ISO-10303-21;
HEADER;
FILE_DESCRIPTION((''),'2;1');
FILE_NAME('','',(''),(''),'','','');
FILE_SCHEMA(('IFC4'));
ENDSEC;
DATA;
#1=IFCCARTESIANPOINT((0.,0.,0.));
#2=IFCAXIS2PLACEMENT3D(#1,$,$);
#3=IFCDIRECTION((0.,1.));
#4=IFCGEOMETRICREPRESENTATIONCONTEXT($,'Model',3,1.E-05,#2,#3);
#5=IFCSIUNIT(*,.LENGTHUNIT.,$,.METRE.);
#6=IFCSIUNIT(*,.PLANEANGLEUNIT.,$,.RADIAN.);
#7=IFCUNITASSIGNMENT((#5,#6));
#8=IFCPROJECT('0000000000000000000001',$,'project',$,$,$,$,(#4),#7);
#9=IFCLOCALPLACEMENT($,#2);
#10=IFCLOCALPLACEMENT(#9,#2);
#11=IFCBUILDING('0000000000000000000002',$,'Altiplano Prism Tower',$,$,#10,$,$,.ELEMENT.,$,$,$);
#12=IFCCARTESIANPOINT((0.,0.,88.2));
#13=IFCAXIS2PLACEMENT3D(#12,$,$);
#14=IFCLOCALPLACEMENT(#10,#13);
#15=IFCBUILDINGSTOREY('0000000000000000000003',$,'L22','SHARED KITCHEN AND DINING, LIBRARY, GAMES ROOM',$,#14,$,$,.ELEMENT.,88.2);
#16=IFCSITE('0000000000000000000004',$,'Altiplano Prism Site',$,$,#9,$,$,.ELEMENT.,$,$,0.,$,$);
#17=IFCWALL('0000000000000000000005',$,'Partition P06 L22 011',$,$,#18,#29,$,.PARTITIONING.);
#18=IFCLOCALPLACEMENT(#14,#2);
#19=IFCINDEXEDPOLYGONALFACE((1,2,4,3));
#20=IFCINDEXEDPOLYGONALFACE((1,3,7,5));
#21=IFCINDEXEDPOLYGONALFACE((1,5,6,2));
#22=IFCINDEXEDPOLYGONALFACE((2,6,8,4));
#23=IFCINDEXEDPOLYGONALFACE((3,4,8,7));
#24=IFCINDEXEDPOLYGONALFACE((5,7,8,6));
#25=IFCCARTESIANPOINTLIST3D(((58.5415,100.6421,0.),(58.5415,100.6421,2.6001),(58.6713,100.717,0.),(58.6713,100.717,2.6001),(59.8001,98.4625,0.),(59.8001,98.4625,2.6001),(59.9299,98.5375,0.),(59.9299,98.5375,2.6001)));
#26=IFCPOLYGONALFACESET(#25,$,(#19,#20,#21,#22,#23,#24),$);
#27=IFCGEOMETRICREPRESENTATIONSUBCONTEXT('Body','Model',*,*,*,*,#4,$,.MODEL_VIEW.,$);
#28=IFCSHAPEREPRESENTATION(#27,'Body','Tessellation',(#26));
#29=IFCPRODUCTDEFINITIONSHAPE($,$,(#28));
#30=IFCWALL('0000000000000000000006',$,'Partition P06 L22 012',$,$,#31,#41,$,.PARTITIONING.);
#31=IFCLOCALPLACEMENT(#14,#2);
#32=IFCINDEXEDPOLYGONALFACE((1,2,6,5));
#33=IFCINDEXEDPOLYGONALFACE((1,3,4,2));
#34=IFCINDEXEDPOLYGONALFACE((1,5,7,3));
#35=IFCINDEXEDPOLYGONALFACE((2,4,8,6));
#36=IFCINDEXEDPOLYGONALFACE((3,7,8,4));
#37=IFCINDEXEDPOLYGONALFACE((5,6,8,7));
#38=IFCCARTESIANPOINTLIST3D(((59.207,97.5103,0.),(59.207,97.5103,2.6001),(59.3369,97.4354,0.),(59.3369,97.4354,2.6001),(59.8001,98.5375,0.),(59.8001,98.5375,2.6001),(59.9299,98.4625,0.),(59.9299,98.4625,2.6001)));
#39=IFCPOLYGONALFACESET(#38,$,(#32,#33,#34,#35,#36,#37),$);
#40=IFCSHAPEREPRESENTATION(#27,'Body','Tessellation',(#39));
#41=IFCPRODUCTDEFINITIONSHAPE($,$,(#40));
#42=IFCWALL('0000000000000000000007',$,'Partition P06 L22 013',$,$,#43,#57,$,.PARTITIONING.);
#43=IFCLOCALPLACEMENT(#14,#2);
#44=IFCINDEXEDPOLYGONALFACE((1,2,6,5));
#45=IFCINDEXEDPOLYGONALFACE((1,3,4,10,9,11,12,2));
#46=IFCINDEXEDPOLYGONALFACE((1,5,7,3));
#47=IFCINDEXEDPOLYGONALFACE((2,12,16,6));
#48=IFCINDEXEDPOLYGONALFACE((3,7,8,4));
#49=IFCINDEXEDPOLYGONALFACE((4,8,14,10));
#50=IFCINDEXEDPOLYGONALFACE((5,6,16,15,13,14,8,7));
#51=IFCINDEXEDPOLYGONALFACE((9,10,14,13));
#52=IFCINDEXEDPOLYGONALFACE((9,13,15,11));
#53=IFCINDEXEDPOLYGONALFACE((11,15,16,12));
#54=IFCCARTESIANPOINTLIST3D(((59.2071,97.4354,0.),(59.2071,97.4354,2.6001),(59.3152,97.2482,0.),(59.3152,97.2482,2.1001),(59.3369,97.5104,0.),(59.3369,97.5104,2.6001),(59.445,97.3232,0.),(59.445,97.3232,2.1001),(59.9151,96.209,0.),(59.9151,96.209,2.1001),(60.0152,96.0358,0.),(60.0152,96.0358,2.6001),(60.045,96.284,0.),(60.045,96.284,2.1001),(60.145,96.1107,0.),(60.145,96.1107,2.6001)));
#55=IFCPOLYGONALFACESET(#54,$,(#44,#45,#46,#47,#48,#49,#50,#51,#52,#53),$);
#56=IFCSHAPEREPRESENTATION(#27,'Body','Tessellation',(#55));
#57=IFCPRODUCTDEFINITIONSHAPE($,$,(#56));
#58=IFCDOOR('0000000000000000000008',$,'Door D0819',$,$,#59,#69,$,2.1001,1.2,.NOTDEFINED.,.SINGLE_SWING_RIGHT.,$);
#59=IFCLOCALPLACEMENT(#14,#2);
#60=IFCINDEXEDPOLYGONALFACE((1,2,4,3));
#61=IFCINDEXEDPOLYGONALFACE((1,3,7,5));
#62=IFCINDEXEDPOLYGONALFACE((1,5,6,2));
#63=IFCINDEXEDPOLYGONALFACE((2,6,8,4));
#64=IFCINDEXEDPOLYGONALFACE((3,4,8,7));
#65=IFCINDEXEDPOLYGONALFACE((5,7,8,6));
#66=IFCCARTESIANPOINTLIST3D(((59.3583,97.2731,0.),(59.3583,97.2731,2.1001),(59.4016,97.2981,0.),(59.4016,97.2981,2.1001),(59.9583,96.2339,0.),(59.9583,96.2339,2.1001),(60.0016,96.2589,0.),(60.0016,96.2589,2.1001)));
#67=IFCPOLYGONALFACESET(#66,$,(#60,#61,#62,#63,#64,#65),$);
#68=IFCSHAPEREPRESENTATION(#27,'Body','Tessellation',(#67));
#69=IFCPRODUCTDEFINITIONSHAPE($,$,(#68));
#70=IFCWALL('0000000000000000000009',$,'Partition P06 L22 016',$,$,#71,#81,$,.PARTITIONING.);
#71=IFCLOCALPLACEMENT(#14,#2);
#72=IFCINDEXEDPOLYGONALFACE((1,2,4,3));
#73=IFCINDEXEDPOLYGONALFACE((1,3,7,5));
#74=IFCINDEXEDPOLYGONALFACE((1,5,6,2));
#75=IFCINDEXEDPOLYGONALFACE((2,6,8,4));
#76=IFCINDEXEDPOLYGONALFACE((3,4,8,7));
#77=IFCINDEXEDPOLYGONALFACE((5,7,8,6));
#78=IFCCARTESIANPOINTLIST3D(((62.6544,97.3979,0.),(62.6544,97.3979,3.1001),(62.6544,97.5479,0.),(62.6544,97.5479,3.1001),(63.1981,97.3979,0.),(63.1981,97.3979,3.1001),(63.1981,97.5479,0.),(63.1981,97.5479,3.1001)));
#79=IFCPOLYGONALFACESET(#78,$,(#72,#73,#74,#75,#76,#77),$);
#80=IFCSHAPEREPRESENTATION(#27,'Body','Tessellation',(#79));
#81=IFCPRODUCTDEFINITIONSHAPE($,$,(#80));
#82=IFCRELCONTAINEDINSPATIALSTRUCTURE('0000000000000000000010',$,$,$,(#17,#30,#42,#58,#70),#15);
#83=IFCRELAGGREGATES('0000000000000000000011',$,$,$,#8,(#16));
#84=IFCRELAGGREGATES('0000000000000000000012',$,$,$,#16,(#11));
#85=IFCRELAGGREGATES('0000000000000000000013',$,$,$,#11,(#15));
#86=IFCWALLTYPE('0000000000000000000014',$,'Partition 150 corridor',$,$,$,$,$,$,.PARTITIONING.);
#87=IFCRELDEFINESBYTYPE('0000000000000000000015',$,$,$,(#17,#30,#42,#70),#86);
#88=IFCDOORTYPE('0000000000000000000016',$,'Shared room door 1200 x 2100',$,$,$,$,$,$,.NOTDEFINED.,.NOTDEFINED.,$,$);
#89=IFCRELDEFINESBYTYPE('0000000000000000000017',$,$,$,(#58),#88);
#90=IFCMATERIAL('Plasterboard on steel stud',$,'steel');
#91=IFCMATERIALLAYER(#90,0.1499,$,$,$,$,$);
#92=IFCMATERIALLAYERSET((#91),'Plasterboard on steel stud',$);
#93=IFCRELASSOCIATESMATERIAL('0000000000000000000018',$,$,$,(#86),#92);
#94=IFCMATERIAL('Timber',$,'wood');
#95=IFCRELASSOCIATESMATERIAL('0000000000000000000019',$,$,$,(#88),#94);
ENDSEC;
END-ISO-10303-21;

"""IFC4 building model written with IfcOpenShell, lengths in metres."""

from ifc_helpers import new_model, si_unit, direction, frame, frame_2d, origin, place, context, subcontext, project, spatial, rectangle, extrude, material, layer, layer_set, type_object, element, fill, save


model = new_model("IFC4")

# Units and contexts
model_context = context("Model", 3, precision=1e-05, world=origin(), true_north=direction((0.0, 1.0)))
body_context = subcontext(model_context, "Body", "Model", "MODEL_VIEW")
ifc_project = project(units=[si_unit("LENGTHUNIT", "METRE"), si_unit("PLANEANGLEUNIT", "RADIAN")], contexts=[model_context])

# Site, building, storey
site_placement = place(None, origin())
site = spatial("IfcSite", under=ifc_project, at=site_placement, Name="Altiplano Prism Site", CompositionType="ELEMENT", RefElevation=0.0)
building_placement = place(site_placement, origin())
building = spatial("IfcBuilding", under=site, at=building_placement, Name="Altiplano Prism Tower", CompositionType="ELEMENT")
storey_placement = place(building_placement, frame((0.0, 0.0, 88.2)))
storey = spatial("IfcBuildingStorey", under=building, at=storey_placement, Name="L22", Description="SHARED KITCHEN AND DINING, LIBRARY, GAMES ROOM", CompositionType="ELEMENT", Elevation=88.2)

# Shared definitions
ifc_material_1 = material(Name="Plasterboard on steel stud", Category="steel")
ifc_layer_1 = layer(ifc_material_1, 0.1499)
ifc_layer_set_1 = layer_set([ifc_layer_1], Name="Plasterboard on steel stud")
wall_type_1 = type_object("IfcWallType", Name="Partition 150 corridor", PredefinedType="PARTITIONING", material=ifc_layer_set_1)

# Shared definitions
ifc_material_2 = material(Name="Timber", Category="wood")

# Walls
wall_1_placement = place(storey_placement, frame((58.6064, 100.6794, 0.0), z_axis=(0.0, 0.0, 1.0), x_axis=(0.500072, -0.865984, 0.0)))
element("IfcWall", 1, at=wall_1_placement, inside=storey, type_object=wall_type_1, Name="Partition P06 L22 011", PredefinedType="PARTITIONING", context=body_context, shape_type="SweptSolid", body=[
    extrude(rectangle(XDim=2.5168, YDim=0.1499, at=frame_2d((1.2583, 0.0))), origin(), (0.0, 0.0, 1.0), 2.6001),
])
wall_2_placement = place(storey_placement, frame((59.865, 98.5, 0.0), z_axis=(0.0, 0.0, 1.0), x_axis=(-0.500013, -0.866018, 0.0)))
element("IfcWall", 2, at=wall_2_placement, inside=storey, type_object=wall_type_1, Name="Partition P06 L22 012", PredefinedType="PARTITIONING", context=body_context, shape_type="SweptSolid", body=[
    extrude(rectangle(XDim=1.186, YDim=0.1499, at=frame_2d((0.593, 0.0))), origin(), (0.0, 0.0, 1.0), 2.6001),
])

# Wall, opening, door
wall_3_placement = place(storey_placement, frame((59.272, 97.4729, 0.0), z_axis=(0.0, 0.0, 1.0), x_axis=(0.500006, -0.866022, 0.0)))
wall_3 = element("IfcWall", 3, at=wall_3_placement, inside=storey, type_object=wall_type_1, Name="Partition P06 L22 013", PredefinedType="PARTITIONING", context=body_context, shape_type="SweptSolid", body=[
    extrude(rectangle(XDim=1.6162, YDim=0.1499, at=frame_2d((0.8081, 0.0))), origin(), (0.0, 0.0, 1.0), 2.6001),
])
opening_1_placement = place(wall_3_placement, frame((0.2161, 0.0, 0.0)))
opening_1 = element("IfcOpeningElement", 4, at=opening_1_placement, cuts=wall_3, PredefinedType="OPENING", context=body_context, shape_type="SweptSolid", body=[
    extrude(rectangle(XDim=1.2, YDim=2.1001, at=frame_2d((0.6001, 1.05))), frame((0.0, 0.0854, 0.0), z_axis=(0.0, -1.0, 0.0), x_axis=(1.0, 0.0, 0.0)), (0.0, 0.0, 1.0), 0.1709),
])
door_type_1 = type_object("IfcDoorType", Name="Shared room door 1200 x 2100", OperationType="NOTDEFINED", PredefinedType="NOTDEFINED", material=ifc_material_2)
door_1_placement = place(opening_1_placement, origin())
door_1 = element("IfcDoor", 5, at=door_1_placement, inside=storey, type_object=door_type_1, Name="Door D0819", OperationType="SINGLE_SWING_RIGHT", OverallHeight=2.1001, OverallWidth=1.2, PredefinedType="NOTDEFINED", context=body_context, shape_type="SweptSolid", body=[
    extrude(rectangle(XDim=1.2, YDim=2.1001, at=frame_2d((0.6001, 1.05))), frame((0.0, 0.0249, 0.0), z_axis=(0.0, -1.0, 0.0), x_axis=(1.0, 0.0, 0.0)), (0.0, 0.0, 1.0), 0.05),
])
fill(opening_1, door_1)

# Wall
wall_4_placement = place(storey_placement, frame((62.6543, 97.4729, 0.0), z_axis=(0.0, 0.0, 1.0), x_axis=(1.0, 0.0, 0.0)))
element("IfcWall", 6, at=wall_4_placement, inside=storey, type_object=wall_type_1, Name="Partition P06 L22 016", PredefinedType="PARTITIONING", context=body_context, shape_type="SweptSolid", body=[
    extrude(rectangle(XDim=0.5437, YDim=0.1499, at=frame_2d((0.272, 0.0))), origin(), (0.0, 0.0, 1.0), 3.1001),
])

save(model, "model.ifc")
